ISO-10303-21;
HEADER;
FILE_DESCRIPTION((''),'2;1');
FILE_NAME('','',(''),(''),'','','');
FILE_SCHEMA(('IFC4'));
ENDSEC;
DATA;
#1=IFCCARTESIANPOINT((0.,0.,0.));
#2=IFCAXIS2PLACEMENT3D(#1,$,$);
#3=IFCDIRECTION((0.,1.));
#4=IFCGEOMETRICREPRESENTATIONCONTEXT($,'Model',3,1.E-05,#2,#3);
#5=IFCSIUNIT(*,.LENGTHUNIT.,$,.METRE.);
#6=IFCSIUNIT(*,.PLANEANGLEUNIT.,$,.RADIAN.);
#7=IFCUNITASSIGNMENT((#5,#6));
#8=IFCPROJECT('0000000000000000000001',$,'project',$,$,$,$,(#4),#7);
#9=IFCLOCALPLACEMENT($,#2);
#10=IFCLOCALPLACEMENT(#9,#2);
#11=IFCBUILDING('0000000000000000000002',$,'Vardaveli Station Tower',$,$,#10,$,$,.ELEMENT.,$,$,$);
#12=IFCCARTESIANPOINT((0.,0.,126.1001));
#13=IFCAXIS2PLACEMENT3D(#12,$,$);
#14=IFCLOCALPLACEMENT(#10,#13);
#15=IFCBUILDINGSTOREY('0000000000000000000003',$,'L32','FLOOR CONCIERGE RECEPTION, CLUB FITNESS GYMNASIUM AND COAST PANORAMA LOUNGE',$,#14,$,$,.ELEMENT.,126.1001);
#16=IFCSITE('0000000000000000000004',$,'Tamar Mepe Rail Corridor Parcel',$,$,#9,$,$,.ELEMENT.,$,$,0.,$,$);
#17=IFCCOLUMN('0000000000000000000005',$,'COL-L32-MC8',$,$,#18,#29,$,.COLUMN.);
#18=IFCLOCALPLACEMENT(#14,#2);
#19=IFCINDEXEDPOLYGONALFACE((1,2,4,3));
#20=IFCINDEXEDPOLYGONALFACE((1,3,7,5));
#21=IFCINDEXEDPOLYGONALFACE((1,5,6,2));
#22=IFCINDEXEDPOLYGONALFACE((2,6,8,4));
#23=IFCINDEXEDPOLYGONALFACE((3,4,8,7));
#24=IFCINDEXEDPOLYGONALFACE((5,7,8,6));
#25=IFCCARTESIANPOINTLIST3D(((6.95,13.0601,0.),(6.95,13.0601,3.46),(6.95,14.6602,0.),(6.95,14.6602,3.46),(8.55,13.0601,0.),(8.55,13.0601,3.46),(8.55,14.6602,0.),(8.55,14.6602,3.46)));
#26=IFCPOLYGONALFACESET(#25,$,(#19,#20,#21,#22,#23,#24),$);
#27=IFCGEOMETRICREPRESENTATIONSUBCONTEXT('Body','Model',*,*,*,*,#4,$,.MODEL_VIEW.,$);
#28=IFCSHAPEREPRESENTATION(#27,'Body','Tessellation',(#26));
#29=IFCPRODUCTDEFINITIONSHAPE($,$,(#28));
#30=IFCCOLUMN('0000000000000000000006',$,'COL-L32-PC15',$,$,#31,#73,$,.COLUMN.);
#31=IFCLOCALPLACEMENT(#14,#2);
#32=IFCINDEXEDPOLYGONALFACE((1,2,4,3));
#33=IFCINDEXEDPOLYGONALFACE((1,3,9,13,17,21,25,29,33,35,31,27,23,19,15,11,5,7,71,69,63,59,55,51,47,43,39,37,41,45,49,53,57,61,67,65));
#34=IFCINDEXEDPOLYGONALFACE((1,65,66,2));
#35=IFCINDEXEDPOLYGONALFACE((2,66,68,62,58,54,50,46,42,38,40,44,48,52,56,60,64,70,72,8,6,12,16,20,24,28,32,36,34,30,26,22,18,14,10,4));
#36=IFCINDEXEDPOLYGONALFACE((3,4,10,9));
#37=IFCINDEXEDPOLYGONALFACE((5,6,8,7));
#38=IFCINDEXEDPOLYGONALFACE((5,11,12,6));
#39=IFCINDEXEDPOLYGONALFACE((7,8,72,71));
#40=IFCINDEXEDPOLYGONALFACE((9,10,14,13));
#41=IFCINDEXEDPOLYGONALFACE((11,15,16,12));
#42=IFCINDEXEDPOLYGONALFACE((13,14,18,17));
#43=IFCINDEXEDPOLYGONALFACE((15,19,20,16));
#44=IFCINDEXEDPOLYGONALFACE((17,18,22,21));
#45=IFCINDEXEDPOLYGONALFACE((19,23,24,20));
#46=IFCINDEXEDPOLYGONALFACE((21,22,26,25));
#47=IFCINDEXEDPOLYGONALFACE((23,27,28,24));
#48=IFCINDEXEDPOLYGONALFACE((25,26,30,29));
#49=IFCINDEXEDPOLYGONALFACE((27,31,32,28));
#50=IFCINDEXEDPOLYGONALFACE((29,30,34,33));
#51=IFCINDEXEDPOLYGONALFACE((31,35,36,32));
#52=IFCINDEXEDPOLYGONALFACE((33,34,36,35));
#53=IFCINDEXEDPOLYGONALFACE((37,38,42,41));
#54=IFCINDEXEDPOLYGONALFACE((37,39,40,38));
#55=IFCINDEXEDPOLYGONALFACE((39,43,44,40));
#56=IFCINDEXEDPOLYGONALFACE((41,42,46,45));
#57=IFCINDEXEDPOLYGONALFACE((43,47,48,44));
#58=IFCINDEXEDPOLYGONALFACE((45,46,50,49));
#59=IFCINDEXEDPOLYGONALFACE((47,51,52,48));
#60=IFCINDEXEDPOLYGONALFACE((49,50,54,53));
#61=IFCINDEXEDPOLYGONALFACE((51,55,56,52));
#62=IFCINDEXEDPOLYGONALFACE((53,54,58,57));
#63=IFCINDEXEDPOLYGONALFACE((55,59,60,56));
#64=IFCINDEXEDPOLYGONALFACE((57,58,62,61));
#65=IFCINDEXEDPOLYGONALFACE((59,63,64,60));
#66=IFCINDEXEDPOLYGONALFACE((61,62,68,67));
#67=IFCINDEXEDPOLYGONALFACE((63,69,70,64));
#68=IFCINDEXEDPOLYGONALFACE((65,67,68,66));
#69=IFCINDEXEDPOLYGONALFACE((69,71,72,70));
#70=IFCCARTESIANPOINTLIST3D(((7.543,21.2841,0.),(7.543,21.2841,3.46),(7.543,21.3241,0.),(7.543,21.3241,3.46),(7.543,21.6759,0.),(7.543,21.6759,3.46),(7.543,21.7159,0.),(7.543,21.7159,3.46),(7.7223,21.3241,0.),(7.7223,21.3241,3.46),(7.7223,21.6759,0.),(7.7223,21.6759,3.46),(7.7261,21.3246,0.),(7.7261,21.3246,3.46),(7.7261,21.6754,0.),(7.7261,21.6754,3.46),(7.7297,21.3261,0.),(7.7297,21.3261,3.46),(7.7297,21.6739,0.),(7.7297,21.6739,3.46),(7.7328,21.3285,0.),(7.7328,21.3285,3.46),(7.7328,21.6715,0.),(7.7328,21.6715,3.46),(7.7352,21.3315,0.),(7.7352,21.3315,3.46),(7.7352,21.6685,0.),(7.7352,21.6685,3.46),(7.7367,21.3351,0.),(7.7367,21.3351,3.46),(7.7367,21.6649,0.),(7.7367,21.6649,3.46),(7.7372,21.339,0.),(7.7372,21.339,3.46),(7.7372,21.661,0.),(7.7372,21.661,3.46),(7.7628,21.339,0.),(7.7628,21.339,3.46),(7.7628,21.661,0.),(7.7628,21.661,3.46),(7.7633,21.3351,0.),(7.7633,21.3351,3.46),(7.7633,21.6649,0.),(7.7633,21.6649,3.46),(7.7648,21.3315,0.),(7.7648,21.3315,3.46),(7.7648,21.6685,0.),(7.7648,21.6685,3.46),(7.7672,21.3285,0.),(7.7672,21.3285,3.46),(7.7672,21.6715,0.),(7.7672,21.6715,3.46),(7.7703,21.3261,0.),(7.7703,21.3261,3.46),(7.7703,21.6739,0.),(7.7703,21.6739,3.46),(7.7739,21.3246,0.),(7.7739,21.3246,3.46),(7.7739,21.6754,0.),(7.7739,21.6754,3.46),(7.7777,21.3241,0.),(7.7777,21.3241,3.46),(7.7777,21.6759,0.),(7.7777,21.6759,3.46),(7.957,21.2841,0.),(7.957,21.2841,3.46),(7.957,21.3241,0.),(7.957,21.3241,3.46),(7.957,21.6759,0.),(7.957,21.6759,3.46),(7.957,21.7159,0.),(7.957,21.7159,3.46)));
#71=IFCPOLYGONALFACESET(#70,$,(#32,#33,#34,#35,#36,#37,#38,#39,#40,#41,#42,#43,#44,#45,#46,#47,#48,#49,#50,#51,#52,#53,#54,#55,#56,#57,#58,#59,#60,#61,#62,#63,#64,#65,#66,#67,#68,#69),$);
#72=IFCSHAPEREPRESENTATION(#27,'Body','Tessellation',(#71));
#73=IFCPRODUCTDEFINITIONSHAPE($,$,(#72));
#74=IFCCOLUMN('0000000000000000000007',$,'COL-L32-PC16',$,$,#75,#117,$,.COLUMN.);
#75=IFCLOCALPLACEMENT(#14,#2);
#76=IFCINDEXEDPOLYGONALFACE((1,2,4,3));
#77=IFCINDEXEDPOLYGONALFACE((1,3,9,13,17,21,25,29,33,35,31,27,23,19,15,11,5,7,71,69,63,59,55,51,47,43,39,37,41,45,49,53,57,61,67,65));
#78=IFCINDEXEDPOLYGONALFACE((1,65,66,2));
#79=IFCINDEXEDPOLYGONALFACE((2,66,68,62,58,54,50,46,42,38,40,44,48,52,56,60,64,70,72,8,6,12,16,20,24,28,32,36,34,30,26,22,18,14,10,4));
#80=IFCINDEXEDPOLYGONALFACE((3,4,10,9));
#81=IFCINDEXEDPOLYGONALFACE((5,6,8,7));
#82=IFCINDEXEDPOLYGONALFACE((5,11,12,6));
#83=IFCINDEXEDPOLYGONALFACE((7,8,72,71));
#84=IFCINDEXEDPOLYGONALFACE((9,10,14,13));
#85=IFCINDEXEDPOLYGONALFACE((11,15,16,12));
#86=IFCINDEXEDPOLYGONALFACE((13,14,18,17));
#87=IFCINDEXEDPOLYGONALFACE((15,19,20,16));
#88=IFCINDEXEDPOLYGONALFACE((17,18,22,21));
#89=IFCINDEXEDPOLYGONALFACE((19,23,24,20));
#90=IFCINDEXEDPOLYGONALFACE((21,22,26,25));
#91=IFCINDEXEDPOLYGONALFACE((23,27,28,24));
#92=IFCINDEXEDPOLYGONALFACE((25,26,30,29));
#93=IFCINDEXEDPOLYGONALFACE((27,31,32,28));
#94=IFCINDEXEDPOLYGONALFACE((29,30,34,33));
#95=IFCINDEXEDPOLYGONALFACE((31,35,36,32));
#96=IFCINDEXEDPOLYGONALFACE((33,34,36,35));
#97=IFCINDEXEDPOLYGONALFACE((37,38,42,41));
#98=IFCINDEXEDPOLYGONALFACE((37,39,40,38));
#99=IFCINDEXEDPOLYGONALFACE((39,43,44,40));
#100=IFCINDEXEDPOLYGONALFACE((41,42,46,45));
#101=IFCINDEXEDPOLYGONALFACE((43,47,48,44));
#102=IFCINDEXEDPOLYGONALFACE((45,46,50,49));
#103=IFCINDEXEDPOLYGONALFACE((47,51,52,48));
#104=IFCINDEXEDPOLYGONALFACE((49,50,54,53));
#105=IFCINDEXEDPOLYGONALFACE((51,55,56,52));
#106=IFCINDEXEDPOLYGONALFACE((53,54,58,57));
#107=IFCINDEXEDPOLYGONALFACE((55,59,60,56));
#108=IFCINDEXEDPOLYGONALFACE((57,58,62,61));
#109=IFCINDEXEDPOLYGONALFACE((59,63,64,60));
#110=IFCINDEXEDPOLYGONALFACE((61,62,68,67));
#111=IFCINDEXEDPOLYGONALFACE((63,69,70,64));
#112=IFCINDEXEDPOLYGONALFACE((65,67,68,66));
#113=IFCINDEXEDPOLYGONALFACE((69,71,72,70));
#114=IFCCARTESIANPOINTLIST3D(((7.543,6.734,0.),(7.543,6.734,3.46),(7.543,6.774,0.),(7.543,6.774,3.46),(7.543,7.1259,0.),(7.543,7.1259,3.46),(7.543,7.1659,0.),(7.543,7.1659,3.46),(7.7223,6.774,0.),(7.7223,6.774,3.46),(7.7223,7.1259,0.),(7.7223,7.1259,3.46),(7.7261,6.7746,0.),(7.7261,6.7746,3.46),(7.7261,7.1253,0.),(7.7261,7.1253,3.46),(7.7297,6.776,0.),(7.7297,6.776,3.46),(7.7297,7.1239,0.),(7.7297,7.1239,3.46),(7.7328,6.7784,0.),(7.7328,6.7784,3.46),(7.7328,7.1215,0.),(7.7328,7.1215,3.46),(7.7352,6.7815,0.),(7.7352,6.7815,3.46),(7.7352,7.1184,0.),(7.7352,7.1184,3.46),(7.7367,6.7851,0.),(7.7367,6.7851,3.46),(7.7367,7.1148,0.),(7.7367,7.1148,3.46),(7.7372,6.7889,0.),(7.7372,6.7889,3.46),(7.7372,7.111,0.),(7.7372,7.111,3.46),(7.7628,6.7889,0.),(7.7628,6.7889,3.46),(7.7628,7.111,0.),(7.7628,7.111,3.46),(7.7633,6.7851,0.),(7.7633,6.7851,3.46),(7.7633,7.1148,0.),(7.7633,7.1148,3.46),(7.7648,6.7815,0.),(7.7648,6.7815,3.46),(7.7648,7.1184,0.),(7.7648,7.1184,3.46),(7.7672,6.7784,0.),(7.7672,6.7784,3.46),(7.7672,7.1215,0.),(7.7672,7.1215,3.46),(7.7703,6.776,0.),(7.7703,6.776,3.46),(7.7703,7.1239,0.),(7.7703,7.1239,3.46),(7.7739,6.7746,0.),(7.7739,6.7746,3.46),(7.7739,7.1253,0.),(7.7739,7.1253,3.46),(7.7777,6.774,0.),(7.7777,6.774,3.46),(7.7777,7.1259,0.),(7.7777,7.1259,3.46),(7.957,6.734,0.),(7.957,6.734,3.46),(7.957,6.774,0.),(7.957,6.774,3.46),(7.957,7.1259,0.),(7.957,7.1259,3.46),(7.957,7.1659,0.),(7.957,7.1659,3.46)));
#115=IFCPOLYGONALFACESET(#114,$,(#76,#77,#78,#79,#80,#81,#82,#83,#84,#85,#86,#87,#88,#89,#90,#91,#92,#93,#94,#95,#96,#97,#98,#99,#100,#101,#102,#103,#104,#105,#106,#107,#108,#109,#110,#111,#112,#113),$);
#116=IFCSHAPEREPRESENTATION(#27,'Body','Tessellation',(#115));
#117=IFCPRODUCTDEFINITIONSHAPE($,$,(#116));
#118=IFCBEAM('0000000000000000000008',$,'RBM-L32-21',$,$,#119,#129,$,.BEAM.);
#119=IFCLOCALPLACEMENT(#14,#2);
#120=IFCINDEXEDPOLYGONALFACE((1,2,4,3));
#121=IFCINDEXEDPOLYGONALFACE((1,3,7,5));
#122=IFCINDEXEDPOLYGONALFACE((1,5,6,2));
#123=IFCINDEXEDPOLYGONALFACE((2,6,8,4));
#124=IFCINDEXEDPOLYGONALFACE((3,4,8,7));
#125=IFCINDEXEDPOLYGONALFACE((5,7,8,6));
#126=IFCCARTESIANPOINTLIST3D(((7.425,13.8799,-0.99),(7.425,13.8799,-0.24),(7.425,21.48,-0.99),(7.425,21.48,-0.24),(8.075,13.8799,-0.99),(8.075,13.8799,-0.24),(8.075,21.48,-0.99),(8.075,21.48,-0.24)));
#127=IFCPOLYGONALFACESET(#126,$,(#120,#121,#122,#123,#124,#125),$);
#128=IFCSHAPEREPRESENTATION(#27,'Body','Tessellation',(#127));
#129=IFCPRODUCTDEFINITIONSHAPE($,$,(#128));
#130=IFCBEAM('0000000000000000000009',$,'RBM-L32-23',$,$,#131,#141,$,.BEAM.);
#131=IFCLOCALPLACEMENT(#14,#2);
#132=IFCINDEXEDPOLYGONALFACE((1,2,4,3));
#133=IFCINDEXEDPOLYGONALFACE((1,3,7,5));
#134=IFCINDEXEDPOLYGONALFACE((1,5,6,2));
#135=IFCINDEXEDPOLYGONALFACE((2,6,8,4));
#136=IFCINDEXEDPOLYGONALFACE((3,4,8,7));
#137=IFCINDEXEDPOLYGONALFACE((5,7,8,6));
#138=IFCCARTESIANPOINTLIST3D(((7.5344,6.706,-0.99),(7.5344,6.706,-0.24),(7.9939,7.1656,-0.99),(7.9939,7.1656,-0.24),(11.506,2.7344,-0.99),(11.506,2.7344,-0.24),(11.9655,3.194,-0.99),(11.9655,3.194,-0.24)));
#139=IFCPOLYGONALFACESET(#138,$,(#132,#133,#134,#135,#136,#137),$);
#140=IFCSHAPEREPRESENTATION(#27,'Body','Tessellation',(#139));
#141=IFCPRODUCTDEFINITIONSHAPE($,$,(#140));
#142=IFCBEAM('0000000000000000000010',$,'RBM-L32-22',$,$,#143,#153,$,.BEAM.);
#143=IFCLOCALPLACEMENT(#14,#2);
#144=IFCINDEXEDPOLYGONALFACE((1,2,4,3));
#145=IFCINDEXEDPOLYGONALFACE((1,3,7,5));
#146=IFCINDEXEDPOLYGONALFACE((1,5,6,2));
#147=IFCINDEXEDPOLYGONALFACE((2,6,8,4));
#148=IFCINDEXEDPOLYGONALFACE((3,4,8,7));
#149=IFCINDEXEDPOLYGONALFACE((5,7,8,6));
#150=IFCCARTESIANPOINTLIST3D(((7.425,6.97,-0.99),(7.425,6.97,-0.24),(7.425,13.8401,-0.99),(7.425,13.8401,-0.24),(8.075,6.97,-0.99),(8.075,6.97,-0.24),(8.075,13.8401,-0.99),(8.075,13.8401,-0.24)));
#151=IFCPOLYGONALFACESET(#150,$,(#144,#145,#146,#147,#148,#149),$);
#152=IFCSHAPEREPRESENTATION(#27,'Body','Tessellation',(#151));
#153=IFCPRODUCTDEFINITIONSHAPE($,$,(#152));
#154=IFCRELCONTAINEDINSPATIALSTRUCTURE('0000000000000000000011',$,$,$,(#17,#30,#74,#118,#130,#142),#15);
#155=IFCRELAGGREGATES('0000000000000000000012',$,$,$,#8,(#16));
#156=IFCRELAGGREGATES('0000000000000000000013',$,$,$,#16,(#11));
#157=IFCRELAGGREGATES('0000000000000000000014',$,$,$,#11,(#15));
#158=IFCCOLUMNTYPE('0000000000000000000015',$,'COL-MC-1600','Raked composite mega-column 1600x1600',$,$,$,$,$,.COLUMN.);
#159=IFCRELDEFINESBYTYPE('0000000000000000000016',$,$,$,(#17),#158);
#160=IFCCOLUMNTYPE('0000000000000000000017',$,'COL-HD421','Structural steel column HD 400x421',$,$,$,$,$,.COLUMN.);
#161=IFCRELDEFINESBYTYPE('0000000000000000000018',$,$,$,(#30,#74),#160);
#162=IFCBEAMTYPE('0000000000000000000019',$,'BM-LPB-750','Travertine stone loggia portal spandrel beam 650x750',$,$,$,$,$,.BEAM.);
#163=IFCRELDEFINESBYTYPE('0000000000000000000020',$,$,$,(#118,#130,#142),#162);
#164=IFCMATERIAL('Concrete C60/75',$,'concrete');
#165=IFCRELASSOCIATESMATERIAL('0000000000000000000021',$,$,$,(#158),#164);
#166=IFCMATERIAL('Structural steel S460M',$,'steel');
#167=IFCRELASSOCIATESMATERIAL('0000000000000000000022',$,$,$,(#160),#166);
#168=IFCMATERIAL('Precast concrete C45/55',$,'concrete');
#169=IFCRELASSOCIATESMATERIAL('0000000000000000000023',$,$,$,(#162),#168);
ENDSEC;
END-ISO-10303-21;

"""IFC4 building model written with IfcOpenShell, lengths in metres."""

from ifc_helpers import new_model, si_unit, direction, frame, origin, origin_2d, place, context, subcontext, project, spatial, rectangle, i_section, extrude, source, transform, mapped, material, material_profile, profile_set, type_object, element, save


model = new_model("IFC4")

# Units and contexts
model_context = context("Model", 3, precision=1e-05, world=origin(), true_north=direction((0.0, 1.0)))
body_context = subcontext(model_context, "Body", "Model", "MODEL_VIEW")
ifc_project = project(units=[si_unit("LENGTHUNIT", "METRE"), si_unit("PLANEANGLEUNIT", "RADIAN")], contexts=[model_context])

# Site, building, storey
site_placement = place(None, origin())
site = spatial("IfcSite", under=ifc_project, at=site_placement, Name="Tamar Mepe Rail Corridor Parcel", CompositionType="ELEMENT", RefElevation=0.0)
building_placement = place(site_placement, origin())
building = spatial("IfcBuilding", under=site, at=building_placement, Name="Vardaveli Station Tower", CompositionType="ELEMENT")
storey_placement = place(building_placement, frame((0.0, 0.0, 126.1001)))
storey = spatial("IfcBuildingStorey", under=building, at=storey_placement, Name="L32", Description="FLOOR CONCIERGE RECEPTION, CLUB FITNESS GYMNASIUM AND COAST PANORAMA LOUNGE", CompositionType="ELEMENT", Elevation=126.1001)

# Columns
ifc_material_1 = material(Name="Concrete C60/75", Category="concrete")
ifc_material_profile_1 = material_profile(ifc_material_1, rectangle(XDim=1.6001, YDim=1.6001, at=origin_2d()), Name="MC 1600x1600")
ifc_profile_set_1 = profile_set([ifc_material_profile_1], Name="Concrete C60/75")
column_type_1 = type_object("IfcColumnType", Name="COL-MC-1600", Description="Raked composite mega-column 1600x1600", PredefinedType="COLUMN", material=ifc_profile_set_1)
shared_shape_1 = source(origin(), body_context, "Body", "SweptSolid", [
    extrude(rectangle(XDim=1.6001, YDim=1.6001, at=origin_2d()), origin(), (0.0, 0.0, 1.0), 3.46),
])
column_placement = place(storey_placement, frame((7.75, 13.8601, 0.0), z_axis=(0.0, 0.0, 1.0), x_axis=(1.0, 0.0, 0.0)))
element("IfcColumn", 1, at=column_placement, inside=storey, type_object=column_type_1, Name="COL-L32-MC8", PredefinedType="COLUMN", context=body_context, shape_type="MappedRepresentation", body=[
    mapped(shared_shape_1, transform((0.0, 0.0, 0.0), scale=1.0)),
])
ifc_material_2 = material(Name="Structural steel S460M", Category="steel")
ifc_material_profile_2 = material_profile(ifc_material_2, i_section(OverallWidth=0.4141, OverallDepth=0.4319, WebThickness=0.0256, FlangeThickness=0.04, FilletRadius=0.0149, at=origin_2d()), Name="HD 400x421")
ifc_profile_set_2 = profile_set([ifc_material_profile_2], Name="Structural steel S460M")
column_type_2 = type_object("IfcColumnType", Name="COL-HD421", Description="Structural steel column HD 400x421", PredefinedType="COLUMN", material=ifc_profile_set_2)
shared_shape_2 = source(origin(), body_context, "Body", "SweptSolid", [
    extrude(i_section(OverallWidth=0.4141, OverallDepth=0.4319, WebThickness=0.0256, FlangeThickness=0.04, FilletRadius=0.0149, at=origin_2d()), origin(), (0.0, 0.0, 1.0), 3.46),
])
for number, where, z_axis, x_axis, name in (
    (2, (7.75, 21.5, 0.0), (0.0, 0.0, 1.0), (1.0, 0.0, 0.0), "COL-L32-PC15"),
    (3, (7.75, 6.95, 0.0), (0.0, 0.0, 1.0), (1.0, 0.0, 0.0), "COL-L32-PC16"),
):
    element("IfcColumn", number, at=place(storey_placement, frame(where, z_axis=z_axis, x_axis=x_axis)), inside=storey, type_object=column_type_2, Name=name, PredefinedType="COLUMN", context=body_context, shape_type="MappedRepresentation", body=[
        mapped(shared_shape_2, transform((0.0, 0.0, 0.0), scale=1.0)),
    ])

# Beams
ifc_material_3 = material(Name="Precast concrete C45/55", Category="concrete")
ifc_material_profile_3 = material_profile(ifc_material_3, rectangle(XDim=0.6499, YDim=0.75, at=origin_2d()), Name="LPB 650x750")
ifc_profile_set_3 = profile_set([ifc_material_profile_3], Name="Precast concrete C45/55")
beam_type_1 = type_object("IfcBeamType", Name="BM-LPB-750", Description="Travertine stone loggia portal spandrel beam 650x750", PredefinedType="BEAM", material=ifc_profile_set_3)
shared_shape_3 = source(origin(), body_context, "Body", "SweptSolid", [
    extrude(rectangle(XDim=0.6499, YDim=0.75, at=origin_2d()), origin(), (0.0, 0.0, 1.0), 7.6001),
])
beam_1_placement = place(storey_placement, frame((7.75, 21.48, -0.615), z_axis=(0.0, -1.0, 0.0), x_axis=(1.0, 0.0, 0.0)))
element("IfcBeam", 4, at=beam_1_placement, inside=storey, type_object=beam_type_1, Name="RBM-L32-21", PredefinedType="BEAM", context=body_context, shape_type="MappedRepresentation", body=[
    mapped(shared_shape_3, transform((0.0, 0.0, 0.0), scale=1.0)),
])
shared_shape_4 = source(origin(), body_context, "Body", "SweptSolid", [
    extrude(rectangle(XDim=0.6499, YDim=0.75, at=origin_2d()), origin(), (0.0, 0.0, 1.0), 5.6167),
])
beam_2_placement = place(storey_placement, frame((7.7642, 6.9358, -0.615), z_axis=(0.707107, -0.707107, 0.0), x_axis=(0.707107, 0.707107, 0.0)))
element("IfcBeam", 5, at=beam_2_placement, inside=storey, type_object=beam_type_1, Name="RBM-L32-23", PredefinedType="BEAM", context=body_context, shape_type="MappedRepresentation", body=[
    mapped(shared_shape_4, transform((0.0, 0.0, 0.0), scale=1.0)),
])
shared_shape_5 = source(origin(), body_context, "Body", "SweptSolid", [
    extrude(rectangle(XDim=0.6499, YDim=0.75, at=origin_2d()), origin(), (0.0, 0.0, 1.0), 6.8701),
])
beam_3_placement = place(storey_placement, frame((7.75, 13.8401, -0.615), z_axis=(0.0, -1.0, 0.0), x_axis=(1.0, 0.0, 0.0)))
element("IfcBeam", 6, at=beam_3_placement, inside=storey, type_object=beam_type_1, Name="RBM-L32-22", PredefinedType="BEAM", context=body_context, shape_type="MappedRepresentation", body=[
    mapped(shared_shape_5, transform((0.0, 0.0, 0.0), scale=1.0)),
])

save(model, "model.ifc")
